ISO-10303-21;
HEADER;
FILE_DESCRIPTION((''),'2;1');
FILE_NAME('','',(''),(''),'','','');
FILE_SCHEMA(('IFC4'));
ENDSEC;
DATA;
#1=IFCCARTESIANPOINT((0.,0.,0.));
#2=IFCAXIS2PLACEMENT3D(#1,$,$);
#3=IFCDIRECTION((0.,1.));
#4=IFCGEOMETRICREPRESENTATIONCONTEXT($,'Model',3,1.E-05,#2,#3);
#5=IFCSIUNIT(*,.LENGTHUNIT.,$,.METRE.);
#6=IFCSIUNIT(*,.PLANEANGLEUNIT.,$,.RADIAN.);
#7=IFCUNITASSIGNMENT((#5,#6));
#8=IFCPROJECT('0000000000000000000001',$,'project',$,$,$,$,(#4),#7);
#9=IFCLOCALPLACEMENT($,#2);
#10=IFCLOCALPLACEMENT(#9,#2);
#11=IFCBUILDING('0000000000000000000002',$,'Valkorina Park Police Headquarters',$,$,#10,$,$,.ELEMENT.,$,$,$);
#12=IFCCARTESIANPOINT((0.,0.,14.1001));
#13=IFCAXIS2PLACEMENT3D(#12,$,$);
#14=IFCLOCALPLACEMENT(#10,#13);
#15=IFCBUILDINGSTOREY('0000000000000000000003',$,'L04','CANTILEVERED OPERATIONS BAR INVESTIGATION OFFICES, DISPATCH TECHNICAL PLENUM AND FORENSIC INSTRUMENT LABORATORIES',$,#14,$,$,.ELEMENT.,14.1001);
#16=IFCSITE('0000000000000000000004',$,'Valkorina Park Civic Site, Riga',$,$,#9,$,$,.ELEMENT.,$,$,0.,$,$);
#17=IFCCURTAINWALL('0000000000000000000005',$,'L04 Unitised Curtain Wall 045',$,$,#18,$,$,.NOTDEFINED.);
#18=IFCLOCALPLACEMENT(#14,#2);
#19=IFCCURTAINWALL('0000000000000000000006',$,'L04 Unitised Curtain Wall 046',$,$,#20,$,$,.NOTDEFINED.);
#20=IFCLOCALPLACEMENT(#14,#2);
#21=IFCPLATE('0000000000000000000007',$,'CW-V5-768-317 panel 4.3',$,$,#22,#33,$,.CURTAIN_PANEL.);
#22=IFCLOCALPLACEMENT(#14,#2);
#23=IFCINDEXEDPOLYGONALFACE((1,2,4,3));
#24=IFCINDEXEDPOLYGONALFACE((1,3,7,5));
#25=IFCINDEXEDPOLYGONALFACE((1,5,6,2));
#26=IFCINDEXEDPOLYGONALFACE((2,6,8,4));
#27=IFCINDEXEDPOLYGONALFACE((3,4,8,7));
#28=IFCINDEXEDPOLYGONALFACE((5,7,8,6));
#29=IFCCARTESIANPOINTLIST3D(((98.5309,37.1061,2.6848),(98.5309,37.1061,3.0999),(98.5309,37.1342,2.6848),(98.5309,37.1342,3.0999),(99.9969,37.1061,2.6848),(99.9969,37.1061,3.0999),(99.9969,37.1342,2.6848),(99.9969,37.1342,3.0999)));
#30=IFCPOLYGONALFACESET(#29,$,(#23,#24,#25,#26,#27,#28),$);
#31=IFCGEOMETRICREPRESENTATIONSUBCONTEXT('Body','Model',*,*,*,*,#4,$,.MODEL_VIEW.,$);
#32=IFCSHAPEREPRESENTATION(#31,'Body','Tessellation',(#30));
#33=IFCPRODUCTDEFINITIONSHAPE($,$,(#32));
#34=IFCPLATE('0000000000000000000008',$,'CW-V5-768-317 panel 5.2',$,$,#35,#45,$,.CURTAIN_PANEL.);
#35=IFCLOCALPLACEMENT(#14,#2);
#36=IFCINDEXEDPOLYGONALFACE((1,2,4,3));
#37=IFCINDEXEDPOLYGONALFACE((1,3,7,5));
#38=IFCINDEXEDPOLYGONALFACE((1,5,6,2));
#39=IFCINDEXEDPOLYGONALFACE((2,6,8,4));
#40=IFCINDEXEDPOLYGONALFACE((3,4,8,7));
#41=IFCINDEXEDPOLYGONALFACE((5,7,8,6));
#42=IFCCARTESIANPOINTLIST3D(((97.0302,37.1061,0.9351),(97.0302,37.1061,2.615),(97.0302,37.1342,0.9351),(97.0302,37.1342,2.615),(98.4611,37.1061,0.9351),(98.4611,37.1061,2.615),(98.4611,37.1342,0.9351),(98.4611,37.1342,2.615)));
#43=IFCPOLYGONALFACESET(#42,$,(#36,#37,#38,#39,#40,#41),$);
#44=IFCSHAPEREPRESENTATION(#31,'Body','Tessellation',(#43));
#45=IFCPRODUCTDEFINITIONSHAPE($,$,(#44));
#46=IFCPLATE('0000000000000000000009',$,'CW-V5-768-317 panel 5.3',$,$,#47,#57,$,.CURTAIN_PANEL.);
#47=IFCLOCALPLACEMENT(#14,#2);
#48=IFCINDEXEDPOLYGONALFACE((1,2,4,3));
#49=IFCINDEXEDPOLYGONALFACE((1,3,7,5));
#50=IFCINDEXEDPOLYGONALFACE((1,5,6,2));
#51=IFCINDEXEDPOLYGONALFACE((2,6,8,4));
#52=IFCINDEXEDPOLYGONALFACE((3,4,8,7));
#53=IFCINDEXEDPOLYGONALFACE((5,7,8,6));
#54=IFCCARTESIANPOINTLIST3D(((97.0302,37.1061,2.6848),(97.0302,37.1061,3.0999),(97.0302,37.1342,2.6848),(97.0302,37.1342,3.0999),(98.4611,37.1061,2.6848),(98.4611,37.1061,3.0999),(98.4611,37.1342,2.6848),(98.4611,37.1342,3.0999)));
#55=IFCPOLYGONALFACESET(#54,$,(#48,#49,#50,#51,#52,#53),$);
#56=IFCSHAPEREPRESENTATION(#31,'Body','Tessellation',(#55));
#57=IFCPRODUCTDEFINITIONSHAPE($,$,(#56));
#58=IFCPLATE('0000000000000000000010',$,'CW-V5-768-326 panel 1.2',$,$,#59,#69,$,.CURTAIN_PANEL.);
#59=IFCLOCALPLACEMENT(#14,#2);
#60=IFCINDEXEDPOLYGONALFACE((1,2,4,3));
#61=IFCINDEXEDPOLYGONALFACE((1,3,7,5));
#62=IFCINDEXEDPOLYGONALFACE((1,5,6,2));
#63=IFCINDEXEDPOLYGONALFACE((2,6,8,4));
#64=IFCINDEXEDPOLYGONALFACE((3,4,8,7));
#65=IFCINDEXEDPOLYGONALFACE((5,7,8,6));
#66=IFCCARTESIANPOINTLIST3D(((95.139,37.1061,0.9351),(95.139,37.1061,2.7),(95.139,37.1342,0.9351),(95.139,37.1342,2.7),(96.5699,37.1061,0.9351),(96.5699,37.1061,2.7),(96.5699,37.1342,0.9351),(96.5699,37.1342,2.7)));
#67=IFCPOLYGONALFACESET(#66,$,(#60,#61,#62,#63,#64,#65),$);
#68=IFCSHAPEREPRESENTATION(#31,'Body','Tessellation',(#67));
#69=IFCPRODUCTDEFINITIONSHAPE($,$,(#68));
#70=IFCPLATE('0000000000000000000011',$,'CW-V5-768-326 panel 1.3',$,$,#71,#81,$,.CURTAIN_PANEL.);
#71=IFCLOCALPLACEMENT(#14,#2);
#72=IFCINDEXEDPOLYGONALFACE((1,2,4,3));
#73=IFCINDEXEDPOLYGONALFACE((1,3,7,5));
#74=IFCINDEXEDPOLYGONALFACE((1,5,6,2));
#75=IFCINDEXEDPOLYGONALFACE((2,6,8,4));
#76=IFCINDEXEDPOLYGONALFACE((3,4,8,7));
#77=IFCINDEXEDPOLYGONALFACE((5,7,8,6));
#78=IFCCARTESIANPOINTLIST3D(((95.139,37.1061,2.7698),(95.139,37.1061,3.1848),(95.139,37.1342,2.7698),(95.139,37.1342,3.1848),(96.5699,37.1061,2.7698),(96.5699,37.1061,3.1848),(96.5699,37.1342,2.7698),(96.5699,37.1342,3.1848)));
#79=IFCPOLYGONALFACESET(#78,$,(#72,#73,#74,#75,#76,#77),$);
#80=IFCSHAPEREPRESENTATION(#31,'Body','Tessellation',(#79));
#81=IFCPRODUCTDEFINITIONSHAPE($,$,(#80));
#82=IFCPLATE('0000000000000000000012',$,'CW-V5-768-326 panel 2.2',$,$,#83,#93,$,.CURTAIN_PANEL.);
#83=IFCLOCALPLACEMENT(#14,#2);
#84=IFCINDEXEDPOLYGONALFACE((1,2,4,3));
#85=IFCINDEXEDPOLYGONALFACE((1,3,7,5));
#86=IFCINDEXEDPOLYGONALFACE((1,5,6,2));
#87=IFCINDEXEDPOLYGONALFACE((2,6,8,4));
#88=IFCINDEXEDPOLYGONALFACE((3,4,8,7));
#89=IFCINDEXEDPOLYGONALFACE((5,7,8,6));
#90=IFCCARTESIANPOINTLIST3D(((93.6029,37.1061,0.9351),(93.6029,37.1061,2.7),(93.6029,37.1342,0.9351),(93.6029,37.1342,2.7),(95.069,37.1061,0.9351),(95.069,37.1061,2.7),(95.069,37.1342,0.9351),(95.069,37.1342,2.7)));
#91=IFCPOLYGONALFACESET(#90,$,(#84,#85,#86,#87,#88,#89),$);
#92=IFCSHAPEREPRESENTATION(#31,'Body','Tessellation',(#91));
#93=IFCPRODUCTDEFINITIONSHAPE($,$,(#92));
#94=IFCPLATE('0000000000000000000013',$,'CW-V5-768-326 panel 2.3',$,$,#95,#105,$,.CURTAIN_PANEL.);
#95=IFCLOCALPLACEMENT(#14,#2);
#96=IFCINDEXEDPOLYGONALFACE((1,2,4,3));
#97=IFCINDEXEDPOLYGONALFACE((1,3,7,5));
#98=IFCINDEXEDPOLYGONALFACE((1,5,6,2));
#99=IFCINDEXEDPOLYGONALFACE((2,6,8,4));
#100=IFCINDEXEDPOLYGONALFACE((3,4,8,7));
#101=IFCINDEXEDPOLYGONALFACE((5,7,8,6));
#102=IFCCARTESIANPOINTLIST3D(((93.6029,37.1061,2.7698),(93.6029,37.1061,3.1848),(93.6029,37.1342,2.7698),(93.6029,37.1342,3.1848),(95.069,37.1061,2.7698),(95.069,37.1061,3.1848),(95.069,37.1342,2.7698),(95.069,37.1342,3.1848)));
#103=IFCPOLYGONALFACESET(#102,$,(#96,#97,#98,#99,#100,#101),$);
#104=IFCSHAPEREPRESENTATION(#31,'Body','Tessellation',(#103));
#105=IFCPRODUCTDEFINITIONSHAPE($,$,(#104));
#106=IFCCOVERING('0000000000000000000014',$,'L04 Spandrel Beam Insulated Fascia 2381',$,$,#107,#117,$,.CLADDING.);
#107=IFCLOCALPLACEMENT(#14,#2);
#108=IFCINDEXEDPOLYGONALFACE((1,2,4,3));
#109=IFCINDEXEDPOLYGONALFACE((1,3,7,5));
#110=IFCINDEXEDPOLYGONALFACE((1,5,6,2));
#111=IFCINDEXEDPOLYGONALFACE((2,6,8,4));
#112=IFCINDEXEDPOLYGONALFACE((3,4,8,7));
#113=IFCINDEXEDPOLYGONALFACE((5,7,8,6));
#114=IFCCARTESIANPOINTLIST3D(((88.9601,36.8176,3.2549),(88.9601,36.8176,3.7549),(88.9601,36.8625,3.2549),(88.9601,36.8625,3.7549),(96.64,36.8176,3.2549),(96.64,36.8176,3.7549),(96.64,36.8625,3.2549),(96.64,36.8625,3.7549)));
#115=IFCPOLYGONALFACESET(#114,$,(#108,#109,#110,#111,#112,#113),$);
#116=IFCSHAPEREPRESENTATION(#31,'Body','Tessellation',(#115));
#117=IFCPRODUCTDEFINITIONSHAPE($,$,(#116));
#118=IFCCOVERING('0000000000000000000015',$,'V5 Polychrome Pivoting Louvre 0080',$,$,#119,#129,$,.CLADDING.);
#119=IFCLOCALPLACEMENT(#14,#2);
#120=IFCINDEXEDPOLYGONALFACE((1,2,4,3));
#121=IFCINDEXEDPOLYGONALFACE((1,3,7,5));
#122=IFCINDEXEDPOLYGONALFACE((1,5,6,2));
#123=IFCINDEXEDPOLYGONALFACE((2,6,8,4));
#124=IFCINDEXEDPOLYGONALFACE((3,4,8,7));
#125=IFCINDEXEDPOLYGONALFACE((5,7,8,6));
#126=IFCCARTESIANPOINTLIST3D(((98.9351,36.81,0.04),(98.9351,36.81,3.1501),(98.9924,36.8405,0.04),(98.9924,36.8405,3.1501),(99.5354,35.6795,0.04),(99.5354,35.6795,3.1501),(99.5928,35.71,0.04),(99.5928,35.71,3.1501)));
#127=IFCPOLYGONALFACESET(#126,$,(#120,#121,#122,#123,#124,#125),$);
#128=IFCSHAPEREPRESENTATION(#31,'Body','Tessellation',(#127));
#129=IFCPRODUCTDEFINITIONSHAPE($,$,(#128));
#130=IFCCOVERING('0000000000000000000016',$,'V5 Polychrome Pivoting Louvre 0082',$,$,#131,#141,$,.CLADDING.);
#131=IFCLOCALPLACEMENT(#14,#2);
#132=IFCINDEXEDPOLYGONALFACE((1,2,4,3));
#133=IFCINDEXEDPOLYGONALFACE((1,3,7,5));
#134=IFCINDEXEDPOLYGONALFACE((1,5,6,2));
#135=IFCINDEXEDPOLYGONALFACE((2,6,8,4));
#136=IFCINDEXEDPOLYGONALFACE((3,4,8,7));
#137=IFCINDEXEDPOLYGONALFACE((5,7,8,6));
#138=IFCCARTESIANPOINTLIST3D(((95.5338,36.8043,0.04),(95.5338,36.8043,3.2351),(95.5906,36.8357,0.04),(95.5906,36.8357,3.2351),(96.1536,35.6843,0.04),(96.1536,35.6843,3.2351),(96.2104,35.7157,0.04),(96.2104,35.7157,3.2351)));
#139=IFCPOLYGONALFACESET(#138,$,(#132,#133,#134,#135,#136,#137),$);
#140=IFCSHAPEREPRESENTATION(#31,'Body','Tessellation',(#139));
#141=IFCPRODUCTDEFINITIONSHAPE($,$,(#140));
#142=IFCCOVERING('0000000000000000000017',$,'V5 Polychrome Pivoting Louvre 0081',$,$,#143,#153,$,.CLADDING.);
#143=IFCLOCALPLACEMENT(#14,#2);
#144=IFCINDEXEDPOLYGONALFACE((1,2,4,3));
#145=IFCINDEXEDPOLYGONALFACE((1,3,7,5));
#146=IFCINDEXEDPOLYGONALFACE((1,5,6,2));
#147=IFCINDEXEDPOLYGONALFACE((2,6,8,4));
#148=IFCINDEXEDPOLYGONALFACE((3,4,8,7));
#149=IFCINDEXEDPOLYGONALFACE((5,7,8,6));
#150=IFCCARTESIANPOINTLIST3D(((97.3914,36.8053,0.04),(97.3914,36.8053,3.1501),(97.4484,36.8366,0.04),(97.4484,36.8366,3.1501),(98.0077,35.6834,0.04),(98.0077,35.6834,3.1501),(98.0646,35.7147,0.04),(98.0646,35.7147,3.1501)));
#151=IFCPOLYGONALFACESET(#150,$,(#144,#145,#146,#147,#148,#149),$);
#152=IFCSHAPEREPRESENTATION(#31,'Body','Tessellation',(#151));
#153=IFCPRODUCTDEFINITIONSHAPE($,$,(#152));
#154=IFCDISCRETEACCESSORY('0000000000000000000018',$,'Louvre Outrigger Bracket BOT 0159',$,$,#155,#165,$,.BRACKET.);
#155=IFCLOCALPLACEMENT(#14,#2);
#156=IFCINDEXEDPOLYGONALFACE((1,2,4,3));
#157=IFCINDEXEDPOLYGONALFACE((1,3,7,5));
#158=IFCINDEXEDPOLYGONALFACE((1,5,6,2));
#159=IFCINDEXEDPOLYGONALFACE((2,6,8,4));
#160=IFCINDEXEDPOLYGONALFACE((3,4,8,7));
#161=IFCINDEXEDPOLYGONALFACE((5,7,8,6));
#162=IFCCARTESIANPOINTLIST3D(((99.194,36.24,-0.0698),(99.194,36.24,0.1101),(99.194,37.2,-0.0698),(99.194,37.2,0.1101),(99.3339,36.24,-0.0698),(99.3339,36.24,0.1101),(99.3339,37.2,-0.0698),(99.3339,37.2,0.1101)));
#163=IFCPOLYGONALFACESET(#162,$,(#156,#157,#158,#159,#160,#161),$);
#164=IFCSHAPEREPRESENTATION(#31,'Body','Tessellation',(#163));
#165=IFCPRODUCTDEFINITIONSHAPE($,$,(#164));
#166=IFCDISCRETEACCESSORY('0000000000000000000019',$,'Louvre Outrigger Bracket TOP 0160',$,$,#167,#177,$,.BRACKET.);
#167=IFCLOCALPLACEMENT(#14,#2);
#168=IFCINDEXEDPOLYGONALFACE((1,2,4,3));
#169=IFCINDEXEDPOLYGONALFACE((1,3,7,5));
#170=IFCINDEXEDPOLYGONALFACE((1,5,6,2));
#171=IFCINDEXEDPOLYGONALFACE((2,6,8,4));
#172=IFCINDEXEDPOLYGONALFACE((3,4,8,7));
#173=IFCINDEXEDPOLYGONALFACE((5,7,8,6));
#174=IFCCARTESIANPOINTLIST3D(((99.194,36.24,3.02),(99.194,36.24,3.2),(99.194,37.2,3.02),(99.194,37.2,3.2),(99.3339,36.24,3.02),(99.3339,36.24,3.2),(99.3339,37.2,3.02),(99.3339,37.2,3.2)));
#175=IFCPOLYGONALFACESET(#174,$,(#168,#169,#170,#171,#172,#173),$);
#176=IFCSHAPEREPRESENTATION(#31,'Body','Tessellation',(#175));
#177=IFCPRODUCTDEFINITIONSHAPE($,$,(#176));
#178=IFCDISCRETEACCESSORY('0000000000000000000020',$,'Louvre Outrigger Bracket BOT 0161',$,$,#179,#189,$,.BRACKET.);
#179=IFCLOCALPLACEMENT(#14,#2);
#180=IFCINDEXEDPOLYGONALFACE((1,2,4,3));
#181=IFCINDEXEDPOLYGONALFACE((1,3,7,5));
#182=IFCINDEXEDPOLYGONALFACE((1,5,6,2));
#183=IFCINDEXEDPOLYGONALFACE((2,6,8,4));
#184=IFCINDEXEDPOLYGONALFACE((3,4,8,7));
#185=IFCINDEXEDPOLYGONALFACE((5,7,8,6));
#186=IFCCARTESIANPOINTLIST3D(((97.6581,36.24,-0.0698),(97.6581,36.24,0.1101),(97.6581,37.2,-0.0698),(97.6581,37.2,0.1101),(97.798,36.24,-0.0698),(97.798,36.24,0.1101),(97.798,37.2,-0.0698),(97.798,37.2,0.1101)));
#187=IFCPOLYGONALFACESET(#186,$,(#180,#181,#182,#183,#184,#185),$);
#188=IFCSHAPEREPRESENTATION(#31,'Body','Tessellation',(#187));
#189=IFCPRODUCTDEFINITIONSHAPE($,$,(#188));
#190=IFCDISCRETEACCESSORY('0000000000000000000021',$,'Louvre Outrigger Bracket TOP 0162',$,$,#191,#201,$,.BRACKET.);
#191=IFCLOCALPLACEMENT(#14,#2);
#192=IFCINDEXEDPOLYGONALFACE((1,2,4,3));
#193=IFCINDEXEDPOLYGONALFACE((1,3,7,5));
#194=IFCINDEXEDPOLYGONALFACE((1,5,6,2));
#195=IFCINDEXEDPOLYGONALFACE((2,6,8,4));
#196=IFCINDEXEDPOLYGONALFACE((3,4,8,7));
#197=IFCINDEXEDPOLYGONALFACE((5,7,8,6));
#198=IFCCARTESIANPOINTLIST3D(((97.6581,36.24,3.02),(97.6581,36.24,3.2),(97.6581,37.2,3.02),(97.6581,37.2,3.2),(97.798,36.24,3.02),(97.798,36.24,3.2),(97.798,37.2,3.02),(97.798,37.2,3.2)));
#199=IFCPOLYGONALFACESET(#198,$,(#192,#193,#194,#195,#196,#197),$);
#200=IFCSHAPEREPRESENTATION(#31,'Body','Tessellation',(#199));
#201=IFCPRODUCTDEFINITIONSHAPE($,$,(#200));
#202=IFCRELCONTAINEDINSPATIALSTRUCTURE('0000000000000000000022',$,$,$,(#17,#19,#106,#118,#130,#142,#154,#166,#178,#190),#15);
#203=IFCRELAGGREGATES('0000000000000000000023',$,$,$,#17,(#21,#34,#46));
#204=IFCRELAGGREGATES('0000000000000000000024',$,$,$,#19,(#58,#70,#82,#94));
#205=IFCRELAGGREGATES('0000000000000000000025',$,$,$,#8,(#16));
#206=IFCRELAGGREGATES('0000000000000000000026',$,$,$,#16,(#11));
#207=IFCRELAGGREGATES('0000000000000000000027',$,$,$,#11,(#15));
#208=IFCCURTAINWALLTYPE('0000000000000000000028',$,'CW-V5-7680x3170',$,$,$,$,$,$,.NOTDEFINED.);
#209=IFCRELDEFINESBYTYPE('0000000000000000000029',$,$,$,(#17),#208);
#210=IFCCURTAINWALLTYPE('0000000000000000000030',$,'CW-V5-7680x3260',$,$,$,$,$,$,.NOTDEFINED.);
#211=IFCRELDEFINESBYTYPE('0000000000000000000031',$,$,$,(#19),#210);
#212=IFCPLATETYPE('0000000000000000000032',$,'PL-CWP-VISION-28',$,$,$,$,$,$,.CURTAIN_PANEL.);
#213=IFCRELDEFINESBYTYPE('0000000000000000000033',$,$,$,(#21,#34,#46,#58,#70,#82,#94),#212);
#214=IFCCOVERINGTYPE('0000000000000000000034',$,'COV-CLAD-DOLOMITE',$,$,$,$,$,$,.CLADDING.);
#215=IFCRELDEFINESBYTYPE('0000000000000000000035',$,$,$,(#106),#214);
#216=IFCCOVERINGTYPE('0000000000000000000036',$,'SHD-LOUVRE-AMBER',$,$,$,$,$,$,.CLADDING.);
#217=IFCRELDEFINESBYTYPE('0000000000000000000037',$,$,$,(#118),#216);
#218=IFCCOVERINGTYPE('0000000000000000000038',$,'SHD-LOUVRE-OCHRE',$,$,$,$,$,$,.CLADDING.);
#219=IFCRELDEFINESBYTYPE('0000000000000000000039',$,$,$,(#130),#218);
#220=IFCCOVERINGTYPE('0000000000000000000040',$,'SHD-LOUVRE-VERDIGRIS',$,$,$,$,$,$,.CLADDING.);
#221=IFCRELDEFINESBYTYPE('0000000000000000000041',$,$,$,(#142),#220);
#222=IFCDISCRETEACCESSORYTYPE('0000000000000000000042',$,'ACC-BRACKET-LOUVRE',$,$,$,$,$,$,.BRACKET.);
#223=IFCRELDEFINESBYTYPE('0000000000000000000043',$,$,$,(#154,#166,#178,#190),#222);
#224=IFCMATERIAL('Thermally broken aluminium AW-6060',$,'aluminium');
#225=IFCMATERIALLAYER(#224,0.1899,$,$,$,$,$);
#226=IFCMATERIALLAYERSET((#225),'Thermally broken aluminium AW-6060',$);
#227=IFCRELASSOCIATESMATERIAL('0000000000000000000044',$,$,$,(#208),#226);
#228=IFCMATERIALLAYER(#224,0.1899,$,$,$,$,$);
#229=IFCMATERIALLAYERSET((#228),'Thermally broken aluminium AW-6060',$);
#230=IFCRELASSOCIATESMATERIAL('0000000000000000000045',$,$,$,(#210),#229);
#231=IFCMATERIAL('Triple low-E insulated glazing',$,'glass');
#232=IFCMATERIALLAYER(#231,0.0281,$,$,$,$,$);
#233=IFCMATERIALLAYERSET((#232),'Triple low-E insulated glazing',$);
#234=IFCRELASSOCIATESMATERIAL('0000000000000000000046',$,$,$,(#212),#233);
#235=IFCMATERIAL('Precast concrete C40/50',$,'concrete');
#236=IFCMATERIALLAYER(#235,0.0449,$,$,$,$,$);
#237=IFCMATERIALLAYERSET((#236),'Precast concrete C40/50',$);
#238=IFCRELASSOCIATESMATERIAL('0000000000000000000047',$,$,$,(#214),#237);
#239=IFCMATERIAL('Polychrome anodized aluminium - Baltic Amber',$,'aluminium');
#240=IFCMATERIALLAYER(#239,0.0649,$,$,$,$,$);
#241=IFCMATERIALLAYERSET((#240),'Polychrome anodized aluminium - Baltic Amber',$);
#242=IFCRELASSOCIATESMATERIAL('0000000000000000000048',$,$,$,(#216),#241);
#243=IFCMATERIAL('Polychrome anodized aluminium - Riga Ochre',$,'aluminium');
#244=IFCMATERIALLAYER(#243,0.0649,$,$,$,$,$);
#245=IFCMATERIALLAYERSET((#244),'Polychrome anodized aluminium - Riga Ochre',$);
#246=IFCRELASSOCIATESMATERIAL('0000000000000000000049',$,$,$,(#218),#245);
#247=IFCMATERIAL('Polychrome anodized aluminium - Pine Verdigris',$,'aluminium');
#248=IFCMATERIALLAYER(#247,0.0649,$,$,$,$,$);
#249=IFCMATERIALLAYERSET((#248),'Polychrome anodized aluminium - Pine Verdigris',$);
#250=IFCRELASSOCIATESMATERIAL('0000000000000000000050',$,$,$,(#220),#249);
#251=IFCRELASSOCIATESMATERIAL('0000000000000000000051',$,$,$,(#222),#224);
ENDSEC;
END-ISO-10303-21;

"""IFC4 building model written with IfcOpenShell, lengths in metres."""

from ifc_helpers import new_model, si_unit, direction, frame, frame_2d, origin, origin_2d, place, context, subcontext, project, spatial, rectangle, extrude, material, layer, layer_set, type_object, element, aggregate, save


model = new_model("IFC4")

# Units and contexts
model_context = context("Model", 3, precision=1e-05, world=origin(), true_north=direction((0.0, 1.0)))
body_context = subcontext(model_context, "Body", "Model", "MODEL_VIEW")
ifc_project = project(units=[si_unit("LENGTHUNIT", "METRE"), si_unit("PLANEANGLEUNIT", "RADIAN")], contexts=[model_context])

# Site, building, storey
site_placement = place(None, origin())
site = spatial("IfcSite", under=ifc_project, at=site_placement, Name="Valkorina Park Civic Site, Riga", CompositionType="ELEMENT", RefElevation=0.0)
building_placement = place(site_placement, origin())
building = spatial("IfcBuilding", under=site, at=building_placement, Name="Valkorina Park Police Headquarters", CompositionType="ELEMENT")
storey_placement = place(building_placement, frame((0.0, 0.0, 14.1001)))
storey = spatial("IfcBuildingStorey", under=building, at=storey_placement, Name="L04", Description="CANTILEVERED OPERATIONS BAR INVESTIGATION OFFICES, DISPATCH TECHNICAL PLENUM AND FORENSIC INSTRUMENT LABORATORIES", CompositionType="ELEMENT", Elevation=14.1001)

# Curtain walls
ifc_material_1 = material(Name="Thermally broken aluminium AW-6060", Category="aluminium")
ifc_layer_1 = layer(ifc_material_1, 0.1899)
ifc_layer_set_1 = layer_set([ifc_layer_1], Name="Thermally broken aluminium AW-6060")
curtain_wall_type_1 = type_object("IfcCurtainWallType", Name="CW-V5-7680x3170", PredefinedType="NOTDEFINED", material=ifc_layer_set_1)
curtain_wall_1_placement = place(storey_placement, origin())
curtain_wall_1 = element("IfcCurtainWall", 1, at=curtain_wall_1_placement, inside=storey, type_object=curtain_wall_type_1, Name="L04 Unitised Curtain Wall 045", PredefinedType="NOTDEFINED")
ifc_layer_2 = layer(ifc_material_1, 0.1899)
ifc_layer_set_2 = layer_set([ifc_layer_2], Name="Thermally broken aluminium AW-6060")
curtain_wall_type_2 = type_object("IfcCurtainWallType", Name="CW-V5-7680x3260", PredefinedType="NOTDEFINED", material=ifc_layer_set_2)
curtain_wall_2_placement = place(storey_placement, origin())
curtain_wall_2 = element("IfcCurtainWall", 2, at=curtain_wall_2_placement, inside=storey, type_object=curtain_wall_type_2, Name="L04 Unitised Curtain Wall 046", PredefinedType="NOTDEFINED")

# Plates
ifc_material_2 = material(Name="Triple low-E insulated glazing", Category="glass")
ifc_layer_3 = layer(ifc_material_2, 0.0281)
ifc_layer_set_3 = layer_set([ifc_layer_3], Name="Triple low-E insulated glazing")
plate_type_1 = type_object("IfcPlateType", Name="PL-CWP-VISION-28", PredefinedType="CURTAIN_PANEL", material=ifc_layer_set_3)
plate_1_placement = place(storey_placement, frame((99.2639, 37.1201, 2.6848), z_axis=(0.0, 0.0, 1.0), x_axis=(-1.0, 0.0, 0.0)))
plate_1 = element("IfcPlate", 3, at=plate_1_placement, type_object=plate_type_1, Name="CW-V5-768-317 panel 4.3", PredefinedType="CURTAIN_PANEL", context=body_context, shape_type="SweptSolid", body=[
    extrude(rectangle(XDim=1.4661, YDim=0.0281, at=origin_2d()), origin(), (0.0, 0.0, 1.0), 0.415),
])
plate_2_placement = place(storey_placement, frame((97.7456, 37.1201, 0.9351), z_axis=(0.0, 0.0, 1.0), x_axis=(-1.0, 0.0, 0.0)))
plate_2 = element("IfcPlate", 4, at=plate_2_placement, type_object=plate_type_1, Name="CW-V5-768-317 panel 5.2", PredefinedType="CURTAIN_PANEL", context=body_context, shape_type="SweptSolid", body=[
    extrude(rectangle(XDim=1.4309, YDim=0.0281, at=origin_2d()), origin(), (0.0, 0.0, 1.0), 1.6799),
])
plate_3_placement = place(storey_placement, frame((97.7456, 37.1201, 2.6848), z_axis=(0.0, 0.0, 1.0), x_axis=(-1.0, 0.0, 0.0)))
plate_3 = element("IfcPlate", 5, at=plate_3_placement, type_object=plate_type_1, Name="CW-V5-768-317 panel 5.3", PredefinedType="CURTAIN_PANEL", context=body_context, shape_type="SweptSolid", body=[
    extrude(rectangle(XDim=1.4309, YDim=0.0281, at=origin_2d()), origin(), (0.0, 0.0, 1.0), 0.415),
])
aggregate(curtain_wall_1, [plate_1, plate_2, plate_3])
plate_4_placement = place(storey_placement, frame((95.8545, 37.1201, 0.9351), z_axis=(0.0, 0.0, 1.0), x_axis=(-1.0, 0.0, 0.0)))
plate_4 = element("IfcPlate", 6, at=plate_4_placement, type_object=plate_type_1, Name="CW-V5-768-326 panel 1.2", PredefinedType="CURTAIN_PANEL", context=body_context, shape_type="SweptSolid", body=[
    extrude(rectangle(XDim=1.4309, YDim=0.0281, at=origin_2d()), origin(), (0.0, 0.0, 1.0), 1.7649),
])
plate_5_placement = place(storey_placement, frame((95.8545, 37.1201, 2.7698), z_axis=(0.0, 0.0, 1.0), x_axis=(-1.0, 0.0, 0.0)))
plate_5 = element("IfcPlate", 7, at=plate_5_placement, type_object=plate_type_1, Name="CW-V5-768-326 panel 1.3", PredefinedType="CURTAIN_PANEL", context=body_context, shape_type="SweptSolid", body=[
    extrude(rectangle(XDim=1.4309, YDim=0.0281, at=origin_2d()), origin(), (0.0, 0.0, 1.0), 0.415),
])
plate_6_placement = place(storey_placement, frame((94.3359, 37.1201, 0.9351), z_axis=(0.0, 0.0, 1.0), x_axis=(-1.0, 0.0, 0.0)))
plate_6 = element("IfcPlate", 8, at=plate_6_placement, type_object=plate_type_1, Name="CW-V5-768-326 panel 2.2", PredefinedType="CURTAIN_PANEL", context=body_context, shape_type="SweptSolid", body=[
    extrude(rectangle(XDim=1.4661, YDim=0.0281, at=origin_2d()), origin(), (0.0, 0.0, 1.0), 1.7649),
])
plate_7_placement = place(storey_placement, frame((94.3359, 37.1201, 2.7698), z_axis=(0.0, 0.0, 1.0), x_axis=(-1.0, 0.0, 0.0)))
plate_7 = element("IfcPlate", 9, at=plate_7_placement, type_object=plate_type_1, Name="CW-V5-768-326 panel 2.3", PredefinedType="CURTAIN_PANEL", context=body_context, shape_type="SweptSolid", body=[
    extrude(rectangle(XDim=1.4661, YDim=0.0281, at=origin_2d()), origin(), (0.0, 0.0, 1.0), 0.415),
])
aggregate(curtain_wall_2, [plate_4, plate_5, plate_6, plate_7])

# Coverings
ifc_material_3 = material(Name="Precast concrete C40/50", Category="concrete")
ifc_layer_4 = layer(ifc_material_3, 0.0449)
ifc_layer_set_4 = layer_set([ifc_layer_4], Name="Precast concrete C40/50")
covering_type_1 = type_object("IfcCoveringType", Name="COV-CLAD-DOLOMITE", PredefinedType="CLADDING", material=ifc_layer_set_4)
covering_1_placement = place(storey_placement, frame((96.6399, 36.8401, 3.2549), z_axis=(0.0, 0.0, 1.0), x_axis=(-1.0, 0.0, 0.0)))
element("IfcCovering", 10, at=covering_1_placement, inside=storey, type_object=covering_type_1, Name="L04 Spandrel Beam Insulated Fascia 2381", PredefinedType="CLADDING", context=body_context, shape_type="SweptSolid", body=[
    extrude(rectangle(XDim=7.6799, YDim=0.0449, at=frame_2d((3.8398, 0.0))), origin(), (0.0, 0.0, 1.0), 0.5),
])
ifc_material_4 = material(Name="Polychrome anodized aluminium - Baltic Amber", Category="aluminium")
ifc_layer_5 = layer(ifc_material_4, 0.0649)
ifc_layer_set_5 = layer_set([ifc_layer_5], Name="Polychrome anodized aluminium - Baltic Amber")
covering_type_2 = type_object("IfcCoveringType", Name="SHD-LOUVRE-AMBER", PredefinedType="CLADDING", material=ifc_layer_set_5)
covering_2_placement = place(storey_placement, frame((99.2639, 36.26, 0.04), z_axis=(0.0, 0.0, 1.0), x_axis=(0.469009, -0.883193, 0.0)))
element("IfcCovering", 11, at=covering_2_placement, inside=storey, type_object=covering_type_2, Name="V5 Polychrome Pivoting Louvre 0080", PredefinedType="CLADDING", context=body_context, shape_type="SweptSolid", body=[
    extrude(rectangle(XDim=1.28, YDim=0.0649, at=origin_2d()), origin(), (0.0, 0.0, 1.0), 3.1101),
])
ifc_material_5 = material(Name="Polychrome anodized aluminium - Riga Ochre", Category="aluminium")
ifc_layer_6 = layer(ifc_material_5, 0.0649)
ifc_layer_set_6 = layer_set([ifc_layer_6], Name="Polychrome anodized aluminium - Riga Ochre")
covering_type_3 = type_object("IfcCoveringType", Name="SHD-LOUVRE-OCHRE", PredefinedType="CLADDING", material=ifc_layer_set_6)
covering_3_placement = place(storey_placement, frame((95.8721, 36.26, 0.04), z_axis=(0.0, 0.0, 1.0), x_axis=(0.484199, -0.874958, 0.0)))
element("IfcCovering", 12, at=covering_3_placement, inside=storey, type_object=covering_type_3, Name="V5 Polychrome Pivoting Louvre 0082", PredefinedType="CLADDING", context=body_context, shape_type="SweptSolid", body=[
    extrude(rectangle(XDim=1.28, YDim=0.0649, at=origin_2d()), origin(), (0.0, 0.0, 1.0), 3.1951),
])
ifc_material_6 = material(Name="Polychrome anodized aluminium - Pine Verdigris", Category="aluminium")
ifc_layer_7 = layer(ifc_material_6, 0.0649)
ifc_layer_set_7 = layer_set([ifc_layer_7], Name="Polychrome anodized aluminium - Pine Verdigris")
covering_type_4 = type_object("IfcCoveringType", Name="SHD-LOUVRE-VERDIGRIS", PredefinedType="CLADDING", material=ifc_layer_set_7)
covering_4_placement = place(storey_placement, frame((97.728, 36.26, 0.04), z_axis=(0.0, 0.0, 1.0), x_axis=(0.481448, -0.876475, 0.0)))
element("IfcCovering", 13, at=covering_4_placement, inside=storey, type_object=covering_type_4, Name="V5 Polychrome Pivoting Louvre 0081", PredefinedType="CLADDING", context=body_context, shape_type="SweptSolid", body=[
    extrude(rectangle(XDim=1.28, YDim=0.0649, at=origin_2d()), origin(), (0.0, 0.0, 1.0), 3.1101),
])

# Discrete accessories
discrete_accessory_type = type_object("IfcDiscreteAccessoryType", Name="ACC-BRACKET-LOUVRE", PredefinedType="BRACKET", material=ifc_material_1)
for number, where, z_axis, x_axis, name in (
    (14, (99.2639, 36.72, -0.0698), (0.0, 0.0, 1.0), (0.0, -1.0, 0.0), "Louvre Outrigger Bracket BOT 0159"),
    (15, (99.2639, 36.72, 3.02), (0.0, 0.0, 1.0), (0.0, -1.0, 0.0), "Louvre Outrigger Bracket TOP 0160"),
    (16, (97.728, 36.72, -0.0698), (0.0, 0.0, 1.0), (0.0, -1.0, 0.0), "Louvre Outrigger Bracket BOT 0161"),
    (17, (97.728, 36.72, 3.02), (0.0, 0.0, 1.0), (0.0, -1.0, 0.0), "Louvre Outrigger Bracket TOP 0162"),
):
    element("IfcDiscreteAccessory", number, at=place(storey_placement, frame(where, z_axis=z_axis, x_axis=x_axis)), inside=storey, type_object=discrete_accessory_type, Name=name, PredefinedType="BRACKET", context=body_context, shape_type="SweptSolid", body=[
        extrude(rectangle(XDim=0.96, YDim=0.1399, at=origin_2d()), origin(), (0.0, 0.0, 1.0), 0.1799),
    ])

save(model, "model.ifc")
